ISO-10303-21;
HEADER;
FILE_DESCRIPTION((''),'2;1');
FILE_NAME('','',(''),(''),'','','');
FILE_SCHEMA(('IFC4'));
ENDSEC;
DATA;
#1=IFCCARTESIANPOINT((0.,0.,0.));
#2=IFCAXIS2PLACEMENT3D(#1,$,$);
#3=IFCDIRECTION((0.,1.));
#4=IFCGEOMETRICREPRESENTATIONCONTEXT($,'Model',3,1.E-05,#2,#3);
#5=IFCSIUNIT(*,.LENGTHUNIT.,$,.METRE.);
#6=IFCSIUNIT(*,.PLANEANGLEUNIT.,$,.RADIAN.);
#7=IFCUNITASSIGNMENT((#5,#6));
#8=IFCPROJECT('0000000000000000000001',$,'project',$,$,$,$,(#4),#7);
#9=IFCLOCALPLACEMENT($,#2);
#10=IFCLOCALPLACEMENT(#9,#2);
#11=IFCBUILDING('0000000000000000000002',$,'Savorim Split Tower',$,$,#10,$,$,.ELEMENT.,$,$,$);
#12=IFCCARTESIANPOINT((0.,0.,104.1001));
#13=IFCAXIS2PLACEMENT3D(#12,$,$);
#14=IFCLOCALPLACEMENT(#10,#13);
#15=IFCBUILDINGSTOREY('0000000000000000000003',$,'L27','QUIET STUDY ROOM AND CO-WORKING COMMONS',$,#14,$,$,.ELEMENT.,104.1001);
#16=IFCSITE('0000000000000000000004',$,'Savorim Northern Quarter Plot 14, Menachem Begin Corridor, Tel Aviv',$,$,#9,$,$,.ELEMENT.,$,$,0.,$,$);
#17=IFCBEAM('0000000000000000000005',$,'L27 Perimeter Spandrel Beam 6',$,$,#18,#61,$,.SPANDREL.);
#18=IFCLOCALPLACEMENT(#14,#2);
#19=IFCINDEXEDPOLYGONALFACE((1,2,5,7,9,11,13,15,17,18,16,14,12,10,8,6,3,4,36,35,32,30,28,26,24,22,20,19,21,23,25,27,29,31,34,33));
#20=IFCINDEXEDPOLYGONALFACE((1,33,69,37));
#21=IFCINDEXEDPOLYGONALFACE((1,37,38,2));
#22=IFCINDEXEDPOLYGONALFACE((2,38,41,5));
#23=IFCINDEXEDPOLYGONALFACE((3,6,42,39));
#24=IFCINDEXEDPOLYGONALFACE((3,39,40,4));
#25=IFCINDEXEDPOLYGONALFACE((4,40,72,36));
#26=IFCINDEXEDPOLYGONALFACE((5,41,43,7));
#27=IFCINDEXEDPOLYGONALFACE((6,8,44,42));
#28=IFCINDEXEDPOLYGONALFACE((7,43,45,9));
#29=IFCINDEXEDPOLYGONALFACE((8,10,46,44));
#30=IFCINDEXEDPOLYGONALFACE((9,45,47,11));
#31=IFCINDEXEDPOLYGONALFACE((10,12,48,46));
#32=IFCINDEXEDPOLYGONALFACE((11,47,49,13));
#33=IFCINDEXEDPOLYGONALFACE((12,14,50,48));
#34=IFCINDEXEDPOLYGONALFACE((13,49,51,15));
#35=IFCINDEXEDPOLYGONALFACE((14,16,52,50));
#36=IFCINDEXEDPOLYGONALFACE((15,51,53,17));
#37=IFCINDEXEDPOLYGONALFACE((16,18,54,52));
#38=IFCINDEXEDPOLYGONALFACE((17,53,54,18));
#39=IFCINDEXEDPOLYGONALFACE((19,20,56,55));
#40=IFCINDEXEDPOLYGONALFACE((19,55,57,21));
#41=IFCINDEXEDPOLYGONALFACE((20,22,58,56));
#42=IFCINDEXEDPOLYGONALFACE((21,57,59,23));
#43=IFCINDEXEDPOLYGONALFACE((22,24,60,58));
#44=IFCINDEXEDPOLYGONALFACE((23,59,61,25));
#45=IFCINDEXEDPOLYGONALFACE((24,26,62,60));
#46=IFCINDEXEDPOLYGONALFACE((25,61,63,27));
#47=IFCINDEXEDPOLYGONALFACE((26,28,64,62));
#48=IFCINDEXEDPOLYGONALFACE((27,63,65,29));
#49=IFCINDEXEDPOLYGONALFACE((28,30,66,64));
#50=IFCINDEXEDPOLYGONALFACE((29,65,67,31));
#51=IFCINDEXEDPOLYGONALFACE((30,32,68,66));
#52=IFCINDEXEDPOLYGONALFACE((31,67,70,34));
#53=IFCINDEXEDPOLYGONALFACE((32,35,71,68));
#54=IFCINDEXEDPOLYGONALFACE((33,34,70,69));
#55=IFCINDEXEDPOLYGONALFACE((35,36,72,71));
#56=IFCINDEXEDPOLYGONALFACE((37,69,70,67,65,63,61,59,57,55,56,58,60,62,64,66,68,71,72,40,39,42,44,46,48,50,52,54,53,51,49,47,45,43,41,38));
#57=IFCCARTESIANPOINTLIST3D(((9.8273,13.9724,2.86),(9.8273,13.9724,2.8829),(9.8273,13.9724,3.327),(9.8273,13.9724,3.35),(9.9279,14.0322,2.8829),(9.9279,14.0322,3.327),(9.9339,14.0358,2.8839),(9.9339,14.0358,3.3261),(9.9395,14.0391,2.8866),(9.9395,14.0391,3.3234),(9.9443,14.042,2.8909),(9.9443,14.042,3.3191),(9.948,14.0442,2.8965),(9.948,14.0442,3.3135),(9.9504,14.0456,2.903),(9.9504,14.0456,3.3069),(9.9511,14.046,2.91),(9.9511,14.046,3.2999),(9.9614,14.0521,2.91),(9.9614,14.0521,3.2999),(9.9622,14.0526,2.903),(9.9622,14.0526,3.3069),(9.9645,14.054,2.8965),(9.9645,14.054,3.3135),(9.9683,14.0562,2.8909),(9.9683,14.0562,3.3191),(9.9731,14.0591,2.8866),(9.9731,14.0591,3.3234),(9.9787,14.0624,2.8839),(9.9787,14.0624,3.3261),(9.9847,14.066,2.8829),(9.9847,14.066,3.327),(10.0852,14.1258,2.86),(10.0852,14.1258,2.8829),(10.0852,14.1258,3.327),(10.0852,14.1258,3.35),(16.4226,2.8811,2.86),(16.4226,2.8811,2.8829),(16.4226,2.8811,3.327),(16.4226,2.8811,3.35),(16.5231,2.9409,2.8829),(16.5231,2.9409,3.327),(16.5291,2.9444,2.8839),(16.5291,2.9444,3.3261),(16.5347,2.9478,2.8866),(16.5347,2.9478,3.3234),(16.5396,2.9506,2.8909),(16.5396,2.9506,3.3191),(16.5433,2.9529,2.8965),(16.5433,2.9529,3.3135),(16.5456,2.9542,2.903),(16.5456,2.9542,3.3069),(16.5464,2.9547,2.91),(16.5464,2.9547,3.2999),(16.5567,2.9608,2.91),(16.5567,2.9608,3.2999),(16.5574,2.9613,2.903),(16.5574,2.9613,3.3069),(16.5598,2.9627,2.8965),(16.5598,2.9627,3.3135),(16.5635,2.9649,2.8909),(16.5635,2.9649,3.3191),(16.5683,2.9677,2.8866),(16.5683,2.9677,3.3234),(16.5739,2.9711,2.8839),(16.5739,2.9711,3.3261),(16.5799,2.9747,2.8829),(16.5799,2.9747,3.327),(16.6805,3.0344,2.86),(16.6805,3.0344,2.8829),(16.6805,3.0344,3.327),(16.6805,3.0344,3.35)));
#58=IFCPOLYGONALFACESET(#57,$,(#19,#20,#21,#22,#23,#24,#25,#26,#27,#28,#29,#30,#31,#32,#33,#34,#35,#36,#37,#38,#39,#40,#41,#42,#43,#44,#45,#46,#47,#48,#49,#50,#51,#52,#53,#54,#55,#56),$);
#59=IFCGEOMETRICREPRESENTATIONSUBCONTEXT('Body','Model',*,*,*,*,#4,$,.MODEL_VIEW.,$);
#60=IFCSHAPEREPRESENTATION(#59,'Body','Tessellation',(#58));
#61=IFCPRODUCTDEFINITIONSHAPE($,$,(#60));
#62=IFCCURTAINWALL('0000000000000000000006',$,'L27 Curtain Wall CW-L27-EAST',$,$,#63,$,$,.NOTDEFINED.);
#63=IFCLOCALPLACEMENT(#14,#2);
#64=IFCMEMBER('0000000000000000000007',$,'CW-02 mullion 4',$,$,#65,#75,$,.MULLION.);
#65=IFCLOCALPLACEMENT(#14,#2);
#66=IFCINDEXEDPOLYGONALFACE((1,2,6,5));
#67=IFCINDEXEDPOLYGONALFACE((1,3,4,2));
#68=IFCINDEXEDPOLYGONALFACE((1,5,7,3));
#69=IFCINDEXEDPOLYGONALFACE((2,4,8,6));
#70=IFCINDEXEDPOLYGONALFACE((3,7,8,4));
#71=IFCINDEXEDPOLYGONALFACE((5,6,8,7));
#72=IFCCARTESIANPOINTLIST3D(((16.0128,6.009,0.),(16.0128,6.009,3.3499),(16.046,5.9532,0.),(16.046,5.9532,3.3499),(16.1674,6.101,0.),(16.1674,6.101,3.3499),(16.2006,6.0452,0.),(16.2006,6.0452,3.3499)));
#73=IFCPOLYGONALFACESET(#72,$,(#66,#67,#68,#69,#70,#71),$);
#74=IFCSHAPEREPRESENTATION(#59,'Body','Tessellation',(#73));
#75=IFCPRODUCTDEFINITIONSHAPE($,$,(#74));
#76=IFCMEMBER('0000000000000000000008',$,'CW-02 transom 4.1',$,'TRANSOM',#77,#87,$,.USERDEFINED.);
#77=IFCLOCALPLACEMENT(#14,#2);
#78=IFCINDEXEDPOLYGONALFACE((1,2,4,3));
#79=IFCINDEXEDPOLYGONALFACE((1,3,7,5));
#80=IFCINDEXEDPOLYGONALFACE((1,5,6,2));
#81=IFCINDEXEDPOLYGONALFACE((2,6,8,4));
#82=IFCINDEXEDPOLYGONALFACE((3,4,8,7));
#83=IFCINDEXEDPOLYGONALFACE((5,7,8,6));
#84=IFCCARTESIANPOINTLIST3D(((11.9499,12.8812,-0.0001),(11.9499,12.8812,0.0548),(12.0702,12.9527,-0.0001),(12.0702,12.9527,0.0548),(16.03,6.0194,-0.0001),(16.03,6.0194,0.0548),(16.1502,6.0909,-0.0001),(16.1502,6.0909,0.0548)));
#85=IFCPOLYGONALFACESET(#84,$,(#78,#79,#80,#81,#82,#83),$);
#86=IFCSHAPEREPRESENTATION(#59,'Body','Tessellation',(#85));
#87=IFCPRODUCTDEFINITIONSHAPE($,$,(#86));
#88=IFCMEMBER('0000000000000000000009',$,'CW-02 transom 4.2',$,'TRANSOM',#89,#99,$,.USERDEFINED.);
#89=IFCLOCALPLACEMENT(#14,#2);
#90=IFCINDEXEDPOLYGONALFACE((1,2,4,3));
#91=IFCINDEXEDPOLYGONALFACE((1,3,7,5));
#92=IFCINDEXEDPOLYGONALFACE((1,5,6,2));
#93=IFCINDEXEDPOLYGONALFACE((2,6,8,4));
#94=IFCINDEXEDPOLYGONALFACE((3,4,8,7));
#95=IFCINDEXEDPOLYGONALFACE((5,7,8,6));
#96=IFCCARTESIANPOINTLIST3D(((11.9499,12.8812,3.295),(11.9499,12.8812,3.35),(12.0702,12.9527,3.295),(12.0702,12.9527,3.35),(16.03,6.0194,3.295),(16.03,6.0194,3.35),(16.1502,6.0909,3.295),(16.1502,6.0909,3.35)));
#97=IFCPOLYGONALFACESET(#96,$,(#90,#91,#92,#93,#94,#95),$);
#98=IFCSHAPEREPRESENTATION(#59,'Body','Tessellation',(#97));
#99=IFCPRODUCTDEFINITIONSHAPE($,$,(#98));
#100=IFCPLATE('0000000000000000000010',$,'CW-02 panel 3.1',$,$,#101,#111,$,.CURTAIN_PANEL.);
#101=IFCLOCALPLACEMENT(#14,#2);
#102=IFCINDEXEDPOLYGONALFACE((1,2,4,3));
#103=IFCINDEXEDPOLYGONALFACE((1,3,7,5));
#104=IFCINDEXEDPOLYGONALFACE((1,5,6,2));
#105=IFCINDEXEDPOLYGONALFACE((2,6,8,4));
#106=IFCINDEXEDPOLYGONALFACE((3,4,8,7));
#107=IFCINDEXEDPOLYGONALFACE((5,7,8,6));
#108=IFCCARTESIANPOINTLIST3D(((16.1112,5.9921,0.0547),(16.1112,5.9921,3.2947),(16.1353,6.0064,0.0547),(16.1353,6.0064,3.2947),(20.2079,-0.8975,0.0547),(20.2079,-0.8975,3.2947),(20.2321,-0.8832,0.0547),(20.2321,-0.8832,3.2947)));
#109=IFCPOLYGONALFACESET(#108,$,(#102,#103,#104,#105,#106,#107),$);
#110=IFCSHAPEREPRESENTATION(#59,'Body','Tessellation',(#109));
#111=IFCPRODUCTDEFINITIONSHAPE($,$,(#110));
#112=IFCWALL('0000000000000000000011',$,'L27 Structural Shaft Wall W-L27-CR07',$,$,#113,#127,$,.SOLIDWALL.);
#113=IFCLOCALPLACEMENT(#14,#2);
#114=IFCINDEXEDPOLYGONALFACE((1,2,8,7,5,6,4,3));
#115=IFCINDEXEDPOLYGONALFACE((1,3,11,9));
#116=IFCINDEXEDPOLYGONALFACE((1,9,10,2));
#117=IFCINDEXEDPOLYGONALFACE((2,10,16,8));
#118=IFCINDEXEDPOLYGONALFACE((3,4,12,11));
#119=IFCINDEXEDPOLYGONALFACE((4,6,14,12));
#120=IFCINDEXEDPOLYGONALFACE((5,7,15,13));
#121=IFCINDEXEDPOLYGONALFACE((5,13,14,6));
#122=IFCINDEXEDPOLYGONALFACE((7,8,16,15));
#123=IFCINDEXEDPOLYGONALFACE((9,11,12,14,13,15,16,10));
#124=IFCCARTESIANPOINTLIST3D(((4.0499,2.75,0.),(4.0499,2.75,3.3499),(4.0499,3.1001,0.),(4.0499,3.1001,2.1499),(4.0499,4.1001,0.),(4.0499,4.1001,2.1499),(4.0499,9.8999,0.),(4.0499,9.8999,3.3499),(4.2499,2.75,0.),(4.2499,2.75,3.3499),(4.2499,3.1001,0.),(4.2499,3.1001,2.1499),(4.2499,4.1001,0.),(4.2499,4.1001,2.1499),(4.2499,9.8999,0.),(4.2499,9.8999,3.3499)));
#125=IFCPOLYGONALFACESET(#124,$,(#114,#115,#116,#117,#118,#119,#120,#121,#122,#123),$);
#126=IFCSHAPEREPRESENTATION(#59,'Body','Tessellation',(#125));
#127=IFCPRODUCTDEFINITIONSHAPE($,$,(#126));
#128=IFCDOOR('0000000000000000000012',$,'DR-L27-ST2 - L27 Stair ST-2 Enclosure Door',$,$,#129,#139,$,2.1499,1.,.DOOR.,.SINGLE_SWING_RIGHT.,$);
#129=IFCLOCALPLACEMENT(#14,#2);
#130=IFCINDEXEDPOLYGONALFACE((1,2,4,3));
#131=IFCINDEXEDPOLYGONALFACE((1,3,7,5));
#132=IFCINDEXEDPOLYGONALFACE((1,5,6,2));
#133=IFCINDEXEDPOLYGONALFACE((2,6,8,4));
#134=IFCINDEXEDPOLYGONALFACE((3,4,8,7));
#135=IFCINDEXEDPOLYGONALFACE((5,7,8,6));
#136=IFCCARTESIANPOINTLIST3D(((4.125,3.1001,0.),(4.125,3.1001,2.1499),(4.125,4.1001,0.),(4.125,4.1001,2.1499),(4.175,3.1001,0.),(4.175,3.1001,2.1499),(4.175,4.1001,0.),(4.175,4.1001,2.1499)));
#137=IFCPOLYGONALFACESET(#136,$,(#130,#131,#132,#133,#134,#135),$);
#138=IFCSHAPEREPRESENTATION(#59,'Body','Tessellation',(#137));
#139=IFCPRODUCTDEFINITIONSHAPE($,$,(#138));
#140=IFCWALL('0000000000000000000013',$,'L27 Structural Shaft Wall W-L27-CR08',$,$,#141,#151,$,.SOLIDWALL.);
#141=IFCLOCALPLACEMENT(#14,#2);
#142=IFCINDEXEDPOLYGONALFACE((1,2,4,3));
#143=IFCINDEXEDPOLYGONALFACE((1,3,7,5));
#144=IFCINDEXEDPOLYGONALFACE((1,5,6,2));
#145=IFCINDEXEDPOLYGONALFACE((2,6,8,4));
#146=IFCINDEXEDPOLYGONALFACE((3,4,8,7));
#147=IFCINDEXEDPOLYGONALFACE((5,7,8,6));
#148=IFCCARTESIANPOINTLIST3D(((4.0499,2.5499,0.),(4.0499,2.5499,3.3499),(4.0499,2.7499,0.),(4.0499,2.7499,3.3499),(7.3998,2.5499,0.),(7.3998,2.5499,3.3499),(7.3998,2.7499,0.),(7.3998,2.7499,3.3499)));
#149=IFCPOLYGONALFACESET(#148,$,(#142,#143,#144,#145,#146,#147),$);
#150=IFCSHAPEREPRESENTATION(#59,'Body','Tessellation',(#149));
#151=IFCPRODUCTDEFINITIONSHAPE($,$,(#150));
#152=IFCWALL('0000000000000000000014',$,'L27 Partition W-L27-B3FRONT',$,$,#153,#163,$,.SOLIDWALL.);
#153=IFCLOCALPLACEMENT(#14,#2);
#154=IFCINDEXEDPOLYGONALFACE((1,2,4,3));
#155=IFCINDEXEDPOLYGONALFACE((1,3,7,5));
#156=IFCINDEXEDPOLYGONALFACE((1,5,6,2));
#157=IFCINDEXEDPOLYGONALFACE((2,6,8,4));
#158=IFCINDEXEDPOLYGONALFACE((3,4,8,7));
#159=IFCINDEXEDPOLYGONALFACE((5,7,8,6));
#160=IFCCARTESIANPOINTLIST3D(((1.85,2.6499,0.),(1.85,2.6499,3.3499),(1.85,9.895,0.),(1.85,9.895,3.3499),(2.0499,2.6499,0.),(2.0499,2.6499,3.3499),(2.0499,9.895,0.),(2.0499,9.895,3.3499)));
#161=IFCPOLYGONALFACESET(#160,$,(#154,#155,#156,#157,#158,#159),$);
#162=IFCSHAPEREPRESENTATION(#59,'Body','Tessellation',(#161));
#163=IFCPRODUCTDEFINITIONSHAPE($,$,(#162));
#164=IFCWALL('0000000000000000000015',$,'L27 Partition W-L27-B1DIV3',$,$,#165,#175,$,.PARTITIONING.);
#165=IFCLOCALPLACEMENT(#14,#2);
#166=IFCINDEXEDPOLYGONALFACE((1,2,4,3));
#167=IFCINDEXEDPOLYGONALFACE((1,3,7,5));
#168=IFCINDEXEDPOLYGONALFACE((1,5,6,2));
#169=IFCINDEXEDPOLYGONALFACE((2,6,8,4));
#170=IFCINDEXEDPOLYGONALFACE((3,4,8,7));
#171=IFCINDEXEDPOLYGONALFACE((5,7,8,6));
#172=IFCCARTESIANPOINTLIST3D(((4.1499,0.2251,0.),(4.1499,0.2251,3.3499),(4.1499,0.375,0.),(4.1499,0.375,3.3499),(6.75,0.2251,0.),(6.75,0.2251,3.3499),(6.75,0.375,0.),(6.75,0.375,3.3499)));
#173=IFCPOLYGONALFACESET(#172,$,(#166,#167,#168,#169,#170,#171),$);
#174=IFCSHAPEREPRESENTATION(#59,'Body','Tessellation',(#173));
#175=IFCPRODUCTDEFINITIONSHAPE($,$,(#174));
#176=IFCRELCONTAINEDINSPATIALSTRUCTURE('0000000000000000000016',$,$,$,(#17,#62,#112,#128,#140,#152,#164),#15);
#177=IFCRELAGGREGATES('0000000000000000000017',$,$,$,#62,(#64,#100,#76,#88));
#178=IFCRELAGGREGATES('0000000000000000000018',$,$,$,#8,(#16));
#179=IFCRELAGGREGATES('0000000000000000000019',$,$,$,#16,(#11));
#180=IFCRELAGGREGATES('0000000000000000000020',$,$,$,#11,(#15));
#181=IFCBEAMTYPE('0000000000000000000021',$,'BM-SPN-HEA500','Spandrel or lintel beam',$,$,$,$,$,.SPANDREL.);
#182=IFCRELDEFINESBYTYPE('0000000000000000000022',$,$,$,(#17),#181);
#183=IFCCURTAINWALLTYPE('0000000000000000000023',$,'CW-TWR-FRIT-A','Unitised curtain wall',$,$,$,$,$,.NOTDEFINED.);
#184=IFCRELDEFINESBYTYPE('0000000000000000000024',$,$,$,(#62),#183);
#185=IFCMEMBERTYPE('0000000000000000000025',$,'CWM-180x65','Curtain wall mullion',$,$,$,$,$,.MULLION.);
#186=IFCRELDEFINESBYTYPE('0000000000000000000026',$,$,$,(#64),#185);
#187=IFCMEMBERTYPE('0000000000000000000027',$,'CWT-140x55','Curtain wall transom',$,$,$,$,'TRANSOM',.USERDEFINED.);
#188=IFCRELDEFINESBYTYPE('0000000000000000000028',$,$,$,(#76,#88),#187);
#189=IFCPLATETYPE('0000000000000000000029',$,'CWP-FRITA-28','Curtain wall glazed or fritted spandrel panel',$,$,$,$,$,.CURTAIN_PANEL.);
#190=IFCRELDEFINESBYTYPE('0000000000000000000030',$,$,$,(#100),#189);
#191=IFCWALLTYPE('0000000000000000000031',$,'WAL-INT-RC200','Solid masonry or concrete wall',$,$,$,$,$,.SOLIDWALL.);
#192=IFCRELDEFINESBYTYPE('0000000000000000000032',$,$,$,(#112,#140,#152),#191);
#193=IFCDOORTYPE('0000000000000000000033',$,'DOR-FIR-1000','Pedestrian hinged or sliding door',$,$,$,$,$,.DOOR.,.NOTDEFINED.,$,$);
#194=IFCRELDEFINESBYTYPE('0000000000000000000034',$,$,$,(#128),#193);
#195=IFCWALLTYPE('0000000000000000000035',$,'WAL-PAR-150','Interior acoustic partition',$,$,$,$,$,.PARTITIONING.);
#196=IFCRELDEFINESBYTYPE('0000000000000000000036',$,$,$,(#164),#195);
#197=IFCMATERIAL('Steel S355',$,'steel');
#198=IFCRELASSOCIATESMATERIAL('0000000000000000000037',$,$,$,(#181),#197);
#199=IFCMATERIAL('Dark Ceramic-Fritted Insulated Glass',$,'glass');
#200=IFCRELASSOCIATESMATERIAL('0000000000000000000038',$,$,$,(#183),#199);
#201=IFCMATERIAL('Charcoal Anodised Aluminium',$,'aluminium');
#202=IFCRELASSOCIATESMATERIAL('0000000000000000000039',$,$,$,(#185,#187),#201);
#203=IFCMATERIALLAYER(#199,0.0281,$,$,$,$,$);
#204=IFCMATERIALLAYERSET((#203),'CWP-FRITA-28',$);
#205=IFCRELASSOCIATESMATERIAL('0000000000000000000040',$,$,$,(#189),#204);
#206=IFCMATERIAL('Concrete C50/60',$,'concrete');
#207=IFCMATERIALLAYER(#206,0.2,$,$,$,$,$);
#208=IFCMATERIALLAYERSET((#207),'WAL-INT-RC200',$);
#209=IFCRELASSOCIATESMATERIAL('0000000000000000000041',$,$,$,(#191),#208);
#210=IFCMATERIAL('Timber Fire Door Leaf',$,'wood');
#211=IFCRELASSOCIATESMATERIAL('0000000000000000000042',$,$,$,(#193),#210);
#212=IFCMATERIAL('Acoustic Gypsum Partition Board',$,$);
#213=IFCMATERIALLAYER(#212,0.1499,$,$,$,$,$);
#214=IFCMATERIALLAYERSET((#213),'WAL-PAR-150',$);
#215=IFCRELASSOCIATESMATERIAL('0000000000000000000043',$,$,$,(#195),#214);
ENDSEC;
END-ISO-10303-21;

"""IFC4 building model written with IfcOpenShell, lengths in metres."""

from ifc_helpers import new_model, si_unit, direction, frame, frame_2d, origin, origin_2d, place, context, subcontext, project, spatial, rectangle, i_section, extrude, material, layer, layer_set, material_profile, profile_set, type_object, element, fill, aggregate, save


model = new_model("IFC4")

# Units and contexts
model_context = context("Model", 3, precision=1e-05, world=origin(), true_north=direction((0.0, 1.0)))
body_context = subcontext(model_context, "Body", "Model", "MODEL_VIEW")
ifc_project = project(units=[si_unit("LENGTHUNIT", "METRE"), si_unit("PLANEANGLEUNIT", "RADIAN")], contexts=[model_context])

# Site, building, storey
site_placement = place(None, origin())
site = spatial("IfcSite", under=ifc_project, at=site_placement, Name="Savorim Northern Quarter Plot 14, Menachem Begin Corridor, Tel Aviv", CompositionType="ELEMENT", RefElevation=0.0)
building_placement = place(site_placement, origin())
building = spatial("IfcBuilding", under=site, at=building_placement, Name="Savorim Split Tower", CompositionType="ELEMENT")
storey_placement = place(building_placement, frame((0.0, 0.0, 104.1001)))
storey = spatial("IfcBuildingStorey", under=building, at=storey_placement, Name="L27", Description="QUIET STUDY ROOM AND CO-WORKING COMMONS", CompositionType="ELEMENT", Elevation=104.1001)

# Beam
ifc_material_1 = material(Name="Steel S355", Category="steel")
ifc_material_profile_1 = material_profile(ifc_material_1, i_section(OverallWidth=0.3, OverallDepth=0.49, WebThickness=0.012, FlangeThickness=0.0229, FilletRadius=0.0271, at=origin_2d()), Name="HEA 500")
ifc_profile_set_1 = profile_set([ifc_material_profile_1], Name="Steel S355")
beam_type_1 = type_object("IfcBeamType", Name="BM-SPN-HEA500", Description="Spandrel or lintel beam", PredefinedType="SPANDREL", material=ifc_profile_set_1)
beam_1_placement = place(storey_placement, frame((16.5515, 2.9578, 3.105), z_axis=(-0.511097, 0.859523, 0.0), x_axis=(-0.859523, -0.511097, 0.0)))
element("IfcBeam", 1, at=beam_1_placement, inside=storey, type_object=beam_type_1, Name="L27 Perimeter Spandrel Beam 6", PredefinedType="SPANDREL", context=body_context, shape_type="SweptSolid", body=[
    extrude(i_section(OverallWidth=0.3, OverallDepth=0.49, WebThickness=0.012, FlangeThickness=0.0229, FilletRadius=0.0271, at=origin_2d()), origin(), (0.0, 0.0, 1.0), 12.9041),
])

# Curtain wall, members, plate
ifc_material_2 = material(Name="Dark Ceramic-Fritted Insulated Glass", Category="glass")
curtain_wall_type = type_object("IfcCurtainWallType", Name="CW-TWR-FRIT-A", Description="Unitised curtain wall", PredefinedType="NOTDEFINED", material=ifc_material_2)
curtain_wall_placement = place(storey_placement, origin())
curtain_wall = element("IfcCurtainWall", 2, at=curtain_wall_placement, inside=storey, type_object=curtain_wall_type, Name="L27 Curtain Wall CW-L27-EAST", PredefinedType="NOTDEFINED")
ifc_material_3 = material(Name="Charcoal Anodised Aluminium", Category="aluminium")
ifc_material_profile_2 = material_profile(ifc_material_3, rectangle(XDim=0.1799, YDim=0.0649, at=origin_2d()), Name="ALU-M 180x65")
ifc_profile_set_2 = profile_set([ifc_material_profile_2], Name="Charcoal Anodised Aluminium")
member_type_1 = type_object("IfcMemberType", Name="CWM-180x65", Description="Curtain wall mullion", PredefinedType="MULLION", material=ifc_profile_set_2)
member_1_placement = place(storey_placement, frame((16.1067, 6.0271, 0.0), z_axis=(0.0, 0.0, 1.0), x_axis=(-0.859525, -0.511094, 0.0)))
member_1 = element("IfcMember", 3, at=member_1_placement, type_object=member_type_1, Name="CW-02 mullion 4", PredefinedType="MULLION", context=body_context, shape_type="SweptSolid", body=[
    extrude(rectangle(XDim=0.1799, YDim=0.0649, at=origin_2d()), origin(), (0.0, 0.0, 1.0), 3.3499),
])
ifc_material_profile_3 = material_profile(ifc_material_3, rectangle(XDim=0.1399, YDim=0.0549, at=origin_2d()), Name="ALU-T 140x55")
ifc_profile_set_3 = profile_set([ifc_material_profile_3], Name="Charcoal Anodised Aluminium")
member_type_2 = type_object("IfcMemberType", Name="CWT-140x55", Description="Curtain wall transom", ElementType="TRANSOM", PredefinedType="USERDEFINED", material=ifc_profile_set_3)
member_2_placement = place(storey_placement, frame((16.0901, 6.0552, 0.0273), z_axis=(-0.511083, 0.859532, 0.0), x_axis=(-0.859532, -0.511083, 0.0)))
member_2 = element("IfcMember", 4, at=member_2_placement, type_object=member_type_2, Name="CW-02 transom 4.1", ObjectType="TRANSOM", PredefinedType="USERDEFINED", context=body_context, shape_type="SweptSolid", body=[
    extrude(rectangle(XDim=0.1399, YDim=0.0549, at=origin_2d()), origin(), (0.0, 0.0, 1.0), 7.9832),
])
member_3_placement = place(storey_placement, frame((16.0901, 6.0552, 3.3225), z_axis=(-0.511083, 0.859532, 0.0), x_axis=(-0.859532, -0.511083, 0.0)))
member_3 = element("IfcMember", 5, at=member_3_placement, type_object=member_type_2, Name="CW-02 transom 4.2", ObjectType="TRANSOM", PredefinedType="USERDEFINED", context=body_context, shape_type="SweptSolid", body=[
    extrude(rectangle(XDim=0.1399, YDim=0.0549, at=origin_2d()), origin(), (0.0, 0.0, 1.0), 7.9832),
])
ifc_layer_1 = layer(ifc_material_2, 0.0281)
ifc_layer_set_1 = layer_set([ifc_layer_1], Name="CWP-FRITA-28")
plate_type = type_object("IfcPlateType", Name="CWP-FRITA-28", Description="Curtain wall glazed or fritted spandrel panel", PredefinedType="CURTAIN_PANEL", material=ifc_layer_set_1)
plate_placement = place(storey_placement, frame((18.1716, 2.5544, 0.0547), z_axis=(0.0, 0.0, 1.0), x_axis=(-0.511094, 0.859525, 0.0)))
plate = element("IfcPlate", 6, at=plate_placement, type_object=plate_type, Name="CW-02 panel 3.1", PredefinedType="CURTAIN_PANEL", context=body_context, shape_type="SweptSolid", body=[
    extrude(rectangle(XDim=8.0156, YDim=0.0281, at=origin_2d()), origin(), (0.0, 0.0, 1.0), 3.24),
])
aggregate(curtain_wall, [member_1, plate, member_2, member_3])

# Wall, opening, door
ifc_material_4 = material(Name="Concrete C50/60", Category="concrete")
ifc_layer_2 = layer(ifc_material_4, 0.2)
ifc_layer_set_2 = layer_set([ifc_layer_2], Name="WAL-INT-RC200")
wall_type_1 = type_object("IfcWallType", Name="WAL-INT-RC200", Description="Solid masonry or concrete wall", PredefinedType="SOLIDWALL", material=ifc_layer_set_2)
wall_1_placement = place(storey_placement, frame((4.1499, 2.75, 0.0), z_axis=(0.0, 0.0, 1.0), x_axis=(0.0, 1.0, 0.0)))
wall_1 = element("IfcWall", 7, at=wall_1_placement, inside=storey, type_object=wall_type_1, Name="L27 Structural Shaft Wall W-L27-CR07", PredefinedType="SOLIDWALL", context=body_context, shape_type="SweptSolid", body=[
    extrude(rectangle(XDim=7.1499, YDim=0.2, at=frame_2d((3.575, 0.0))), origin(), (0.0, 0.0, 1.0), 3.3499),
])
opening_placement = place(wall_1_placement, frame((0.3501, 0.0, 0.0)))
opening = element("IfcOpeningElement", 8, at=opening_placement, cuts=wall_1, PredefinedType="OPENING", context=body_context, shape_type="SweptSolid", body=[
    extrude(rectangle(XDim=1.0, YDim=2.1499, at=frame_2d((0.5, 1.075))), frame((0.0, 0.1099, 0.0), z_axis=(0.0, -1.0, 0.0), x_axis=(1.0, 0.0, 0.0)), (0.0, 0.0, 1.0), 0.22),
])
ifc_material_5 = material(Name="Timber Fire Door Leaf", Category="wood")
door_type = type_object("IfcDoorType", Name="DOR-FIR-1000", Description="Pedestrian hinged or sliding door", OperationType="NOTDEFINED", PredefinedType="DOOR", material=ifc_material_5)
door_placement = place(opening_placement, origin())
door = element("IfcDoor", 9, at=door_placement, inside=storey, type_object=door_type, Name="DR-L27-ST2 - L27 Stair ST-2 Enclosure Door", OperationType="SINGLE_SWING_RIGHT", OverallHeight=2.1499, OverallWidth=1.0, PredefinedType="DOOR", context=body_context, shape_type="SweptSolid", body=[
    extrude(rectangle(XDim=1.0, YDim=2.1499, at=frame_2d((0.5, 1.075))), frame((0.0, 0.0249, 0.0), z_axis=(0.0, -1.0, 0.0), x_axis=(1.0, 0.0, 0.0)), (0.0, 0.0, 1.0), 0.05),
])
fill(opening, door)

# Walls
wall_2_placement = place(storey_placement, frame((4.05, 2.6499, 0.0), z_axis=(0.0, 0.0, 1.0), x_axis=(1.0, 0.0, 0.0)))
element("IfcWall", 10, at=wall_2_placement, inside=storey, type_object=wall_type_1, Name="L27 Structural Shaft Wall W-L27-CR08", PredefinedType="SOLIDWALL", context=body_context, shape_type="SweptSolid", body=[
    extrude(rectangle(XDim=3.3499, YDim=0.2, at=frame_2d((1.6748, 0.0))), origin(), (0.0, 0.0, 1.0), 3.3499),
])
wall_3_placement = place(storey_placement, frame((1.95, 2.6499, 0.0), z_axis=(0.0, 0.0, 1.0), x_axis=(0.0, 1.0, 0.0)))
element("IfcWall", 11, at=wall_3_placement, inside=storey, type_object=wall_type_1, Name="L27 Partition W-L27-B3FRONT", PredefinedType="SOLIDWALL", context=body_context, shape_type="SweptSolid", body=[
    extrude(rectangle(XDim=7.2451, YDim=0.2, at=frame_2d((3.6226, 0.0))), origin(), (0.0, 0.0, 1.0), 3.3499),
])
ifc_material_6 = material(Name="Acoustic Gypsum Partition Board")
ifc_layer_3 = layer(ifc_material_6, 0.1499)
ifc_layer_set_3 = layer_set([ifc_layer_3], Name="WAL-PAR-150")
wall_type_2 = type_object("IfcWallType", Name="WAL-PAR-150", Description="Interior acoustic partition", PredefinedType="PARTITIONING", material=ifc_layer_set_3)
wall_4_placement = place(storey_placement, frame((4.1499, 0.3, 0.0), z_axis=(0.0, 0.0, 1.0), x_axis=(1.0, 0.0, 0.0)))
element("IfcWall", 12, at=wall_4_placement, inside=storey, type_object=wall_type_2, Name="L27 Partition W-L27-B1DIV3", PredefinedType="PARTITIONING", context=body_context, shape_type="SweptSolid", body=[
    extrude(rectangle(XDim=2.6001, YDim=0.1499, at=frame_2d((1.3, 0.0))), origin(), (0.0, 0.0, 1.0), 3.3499),
])

save(model, "model.ifc")
